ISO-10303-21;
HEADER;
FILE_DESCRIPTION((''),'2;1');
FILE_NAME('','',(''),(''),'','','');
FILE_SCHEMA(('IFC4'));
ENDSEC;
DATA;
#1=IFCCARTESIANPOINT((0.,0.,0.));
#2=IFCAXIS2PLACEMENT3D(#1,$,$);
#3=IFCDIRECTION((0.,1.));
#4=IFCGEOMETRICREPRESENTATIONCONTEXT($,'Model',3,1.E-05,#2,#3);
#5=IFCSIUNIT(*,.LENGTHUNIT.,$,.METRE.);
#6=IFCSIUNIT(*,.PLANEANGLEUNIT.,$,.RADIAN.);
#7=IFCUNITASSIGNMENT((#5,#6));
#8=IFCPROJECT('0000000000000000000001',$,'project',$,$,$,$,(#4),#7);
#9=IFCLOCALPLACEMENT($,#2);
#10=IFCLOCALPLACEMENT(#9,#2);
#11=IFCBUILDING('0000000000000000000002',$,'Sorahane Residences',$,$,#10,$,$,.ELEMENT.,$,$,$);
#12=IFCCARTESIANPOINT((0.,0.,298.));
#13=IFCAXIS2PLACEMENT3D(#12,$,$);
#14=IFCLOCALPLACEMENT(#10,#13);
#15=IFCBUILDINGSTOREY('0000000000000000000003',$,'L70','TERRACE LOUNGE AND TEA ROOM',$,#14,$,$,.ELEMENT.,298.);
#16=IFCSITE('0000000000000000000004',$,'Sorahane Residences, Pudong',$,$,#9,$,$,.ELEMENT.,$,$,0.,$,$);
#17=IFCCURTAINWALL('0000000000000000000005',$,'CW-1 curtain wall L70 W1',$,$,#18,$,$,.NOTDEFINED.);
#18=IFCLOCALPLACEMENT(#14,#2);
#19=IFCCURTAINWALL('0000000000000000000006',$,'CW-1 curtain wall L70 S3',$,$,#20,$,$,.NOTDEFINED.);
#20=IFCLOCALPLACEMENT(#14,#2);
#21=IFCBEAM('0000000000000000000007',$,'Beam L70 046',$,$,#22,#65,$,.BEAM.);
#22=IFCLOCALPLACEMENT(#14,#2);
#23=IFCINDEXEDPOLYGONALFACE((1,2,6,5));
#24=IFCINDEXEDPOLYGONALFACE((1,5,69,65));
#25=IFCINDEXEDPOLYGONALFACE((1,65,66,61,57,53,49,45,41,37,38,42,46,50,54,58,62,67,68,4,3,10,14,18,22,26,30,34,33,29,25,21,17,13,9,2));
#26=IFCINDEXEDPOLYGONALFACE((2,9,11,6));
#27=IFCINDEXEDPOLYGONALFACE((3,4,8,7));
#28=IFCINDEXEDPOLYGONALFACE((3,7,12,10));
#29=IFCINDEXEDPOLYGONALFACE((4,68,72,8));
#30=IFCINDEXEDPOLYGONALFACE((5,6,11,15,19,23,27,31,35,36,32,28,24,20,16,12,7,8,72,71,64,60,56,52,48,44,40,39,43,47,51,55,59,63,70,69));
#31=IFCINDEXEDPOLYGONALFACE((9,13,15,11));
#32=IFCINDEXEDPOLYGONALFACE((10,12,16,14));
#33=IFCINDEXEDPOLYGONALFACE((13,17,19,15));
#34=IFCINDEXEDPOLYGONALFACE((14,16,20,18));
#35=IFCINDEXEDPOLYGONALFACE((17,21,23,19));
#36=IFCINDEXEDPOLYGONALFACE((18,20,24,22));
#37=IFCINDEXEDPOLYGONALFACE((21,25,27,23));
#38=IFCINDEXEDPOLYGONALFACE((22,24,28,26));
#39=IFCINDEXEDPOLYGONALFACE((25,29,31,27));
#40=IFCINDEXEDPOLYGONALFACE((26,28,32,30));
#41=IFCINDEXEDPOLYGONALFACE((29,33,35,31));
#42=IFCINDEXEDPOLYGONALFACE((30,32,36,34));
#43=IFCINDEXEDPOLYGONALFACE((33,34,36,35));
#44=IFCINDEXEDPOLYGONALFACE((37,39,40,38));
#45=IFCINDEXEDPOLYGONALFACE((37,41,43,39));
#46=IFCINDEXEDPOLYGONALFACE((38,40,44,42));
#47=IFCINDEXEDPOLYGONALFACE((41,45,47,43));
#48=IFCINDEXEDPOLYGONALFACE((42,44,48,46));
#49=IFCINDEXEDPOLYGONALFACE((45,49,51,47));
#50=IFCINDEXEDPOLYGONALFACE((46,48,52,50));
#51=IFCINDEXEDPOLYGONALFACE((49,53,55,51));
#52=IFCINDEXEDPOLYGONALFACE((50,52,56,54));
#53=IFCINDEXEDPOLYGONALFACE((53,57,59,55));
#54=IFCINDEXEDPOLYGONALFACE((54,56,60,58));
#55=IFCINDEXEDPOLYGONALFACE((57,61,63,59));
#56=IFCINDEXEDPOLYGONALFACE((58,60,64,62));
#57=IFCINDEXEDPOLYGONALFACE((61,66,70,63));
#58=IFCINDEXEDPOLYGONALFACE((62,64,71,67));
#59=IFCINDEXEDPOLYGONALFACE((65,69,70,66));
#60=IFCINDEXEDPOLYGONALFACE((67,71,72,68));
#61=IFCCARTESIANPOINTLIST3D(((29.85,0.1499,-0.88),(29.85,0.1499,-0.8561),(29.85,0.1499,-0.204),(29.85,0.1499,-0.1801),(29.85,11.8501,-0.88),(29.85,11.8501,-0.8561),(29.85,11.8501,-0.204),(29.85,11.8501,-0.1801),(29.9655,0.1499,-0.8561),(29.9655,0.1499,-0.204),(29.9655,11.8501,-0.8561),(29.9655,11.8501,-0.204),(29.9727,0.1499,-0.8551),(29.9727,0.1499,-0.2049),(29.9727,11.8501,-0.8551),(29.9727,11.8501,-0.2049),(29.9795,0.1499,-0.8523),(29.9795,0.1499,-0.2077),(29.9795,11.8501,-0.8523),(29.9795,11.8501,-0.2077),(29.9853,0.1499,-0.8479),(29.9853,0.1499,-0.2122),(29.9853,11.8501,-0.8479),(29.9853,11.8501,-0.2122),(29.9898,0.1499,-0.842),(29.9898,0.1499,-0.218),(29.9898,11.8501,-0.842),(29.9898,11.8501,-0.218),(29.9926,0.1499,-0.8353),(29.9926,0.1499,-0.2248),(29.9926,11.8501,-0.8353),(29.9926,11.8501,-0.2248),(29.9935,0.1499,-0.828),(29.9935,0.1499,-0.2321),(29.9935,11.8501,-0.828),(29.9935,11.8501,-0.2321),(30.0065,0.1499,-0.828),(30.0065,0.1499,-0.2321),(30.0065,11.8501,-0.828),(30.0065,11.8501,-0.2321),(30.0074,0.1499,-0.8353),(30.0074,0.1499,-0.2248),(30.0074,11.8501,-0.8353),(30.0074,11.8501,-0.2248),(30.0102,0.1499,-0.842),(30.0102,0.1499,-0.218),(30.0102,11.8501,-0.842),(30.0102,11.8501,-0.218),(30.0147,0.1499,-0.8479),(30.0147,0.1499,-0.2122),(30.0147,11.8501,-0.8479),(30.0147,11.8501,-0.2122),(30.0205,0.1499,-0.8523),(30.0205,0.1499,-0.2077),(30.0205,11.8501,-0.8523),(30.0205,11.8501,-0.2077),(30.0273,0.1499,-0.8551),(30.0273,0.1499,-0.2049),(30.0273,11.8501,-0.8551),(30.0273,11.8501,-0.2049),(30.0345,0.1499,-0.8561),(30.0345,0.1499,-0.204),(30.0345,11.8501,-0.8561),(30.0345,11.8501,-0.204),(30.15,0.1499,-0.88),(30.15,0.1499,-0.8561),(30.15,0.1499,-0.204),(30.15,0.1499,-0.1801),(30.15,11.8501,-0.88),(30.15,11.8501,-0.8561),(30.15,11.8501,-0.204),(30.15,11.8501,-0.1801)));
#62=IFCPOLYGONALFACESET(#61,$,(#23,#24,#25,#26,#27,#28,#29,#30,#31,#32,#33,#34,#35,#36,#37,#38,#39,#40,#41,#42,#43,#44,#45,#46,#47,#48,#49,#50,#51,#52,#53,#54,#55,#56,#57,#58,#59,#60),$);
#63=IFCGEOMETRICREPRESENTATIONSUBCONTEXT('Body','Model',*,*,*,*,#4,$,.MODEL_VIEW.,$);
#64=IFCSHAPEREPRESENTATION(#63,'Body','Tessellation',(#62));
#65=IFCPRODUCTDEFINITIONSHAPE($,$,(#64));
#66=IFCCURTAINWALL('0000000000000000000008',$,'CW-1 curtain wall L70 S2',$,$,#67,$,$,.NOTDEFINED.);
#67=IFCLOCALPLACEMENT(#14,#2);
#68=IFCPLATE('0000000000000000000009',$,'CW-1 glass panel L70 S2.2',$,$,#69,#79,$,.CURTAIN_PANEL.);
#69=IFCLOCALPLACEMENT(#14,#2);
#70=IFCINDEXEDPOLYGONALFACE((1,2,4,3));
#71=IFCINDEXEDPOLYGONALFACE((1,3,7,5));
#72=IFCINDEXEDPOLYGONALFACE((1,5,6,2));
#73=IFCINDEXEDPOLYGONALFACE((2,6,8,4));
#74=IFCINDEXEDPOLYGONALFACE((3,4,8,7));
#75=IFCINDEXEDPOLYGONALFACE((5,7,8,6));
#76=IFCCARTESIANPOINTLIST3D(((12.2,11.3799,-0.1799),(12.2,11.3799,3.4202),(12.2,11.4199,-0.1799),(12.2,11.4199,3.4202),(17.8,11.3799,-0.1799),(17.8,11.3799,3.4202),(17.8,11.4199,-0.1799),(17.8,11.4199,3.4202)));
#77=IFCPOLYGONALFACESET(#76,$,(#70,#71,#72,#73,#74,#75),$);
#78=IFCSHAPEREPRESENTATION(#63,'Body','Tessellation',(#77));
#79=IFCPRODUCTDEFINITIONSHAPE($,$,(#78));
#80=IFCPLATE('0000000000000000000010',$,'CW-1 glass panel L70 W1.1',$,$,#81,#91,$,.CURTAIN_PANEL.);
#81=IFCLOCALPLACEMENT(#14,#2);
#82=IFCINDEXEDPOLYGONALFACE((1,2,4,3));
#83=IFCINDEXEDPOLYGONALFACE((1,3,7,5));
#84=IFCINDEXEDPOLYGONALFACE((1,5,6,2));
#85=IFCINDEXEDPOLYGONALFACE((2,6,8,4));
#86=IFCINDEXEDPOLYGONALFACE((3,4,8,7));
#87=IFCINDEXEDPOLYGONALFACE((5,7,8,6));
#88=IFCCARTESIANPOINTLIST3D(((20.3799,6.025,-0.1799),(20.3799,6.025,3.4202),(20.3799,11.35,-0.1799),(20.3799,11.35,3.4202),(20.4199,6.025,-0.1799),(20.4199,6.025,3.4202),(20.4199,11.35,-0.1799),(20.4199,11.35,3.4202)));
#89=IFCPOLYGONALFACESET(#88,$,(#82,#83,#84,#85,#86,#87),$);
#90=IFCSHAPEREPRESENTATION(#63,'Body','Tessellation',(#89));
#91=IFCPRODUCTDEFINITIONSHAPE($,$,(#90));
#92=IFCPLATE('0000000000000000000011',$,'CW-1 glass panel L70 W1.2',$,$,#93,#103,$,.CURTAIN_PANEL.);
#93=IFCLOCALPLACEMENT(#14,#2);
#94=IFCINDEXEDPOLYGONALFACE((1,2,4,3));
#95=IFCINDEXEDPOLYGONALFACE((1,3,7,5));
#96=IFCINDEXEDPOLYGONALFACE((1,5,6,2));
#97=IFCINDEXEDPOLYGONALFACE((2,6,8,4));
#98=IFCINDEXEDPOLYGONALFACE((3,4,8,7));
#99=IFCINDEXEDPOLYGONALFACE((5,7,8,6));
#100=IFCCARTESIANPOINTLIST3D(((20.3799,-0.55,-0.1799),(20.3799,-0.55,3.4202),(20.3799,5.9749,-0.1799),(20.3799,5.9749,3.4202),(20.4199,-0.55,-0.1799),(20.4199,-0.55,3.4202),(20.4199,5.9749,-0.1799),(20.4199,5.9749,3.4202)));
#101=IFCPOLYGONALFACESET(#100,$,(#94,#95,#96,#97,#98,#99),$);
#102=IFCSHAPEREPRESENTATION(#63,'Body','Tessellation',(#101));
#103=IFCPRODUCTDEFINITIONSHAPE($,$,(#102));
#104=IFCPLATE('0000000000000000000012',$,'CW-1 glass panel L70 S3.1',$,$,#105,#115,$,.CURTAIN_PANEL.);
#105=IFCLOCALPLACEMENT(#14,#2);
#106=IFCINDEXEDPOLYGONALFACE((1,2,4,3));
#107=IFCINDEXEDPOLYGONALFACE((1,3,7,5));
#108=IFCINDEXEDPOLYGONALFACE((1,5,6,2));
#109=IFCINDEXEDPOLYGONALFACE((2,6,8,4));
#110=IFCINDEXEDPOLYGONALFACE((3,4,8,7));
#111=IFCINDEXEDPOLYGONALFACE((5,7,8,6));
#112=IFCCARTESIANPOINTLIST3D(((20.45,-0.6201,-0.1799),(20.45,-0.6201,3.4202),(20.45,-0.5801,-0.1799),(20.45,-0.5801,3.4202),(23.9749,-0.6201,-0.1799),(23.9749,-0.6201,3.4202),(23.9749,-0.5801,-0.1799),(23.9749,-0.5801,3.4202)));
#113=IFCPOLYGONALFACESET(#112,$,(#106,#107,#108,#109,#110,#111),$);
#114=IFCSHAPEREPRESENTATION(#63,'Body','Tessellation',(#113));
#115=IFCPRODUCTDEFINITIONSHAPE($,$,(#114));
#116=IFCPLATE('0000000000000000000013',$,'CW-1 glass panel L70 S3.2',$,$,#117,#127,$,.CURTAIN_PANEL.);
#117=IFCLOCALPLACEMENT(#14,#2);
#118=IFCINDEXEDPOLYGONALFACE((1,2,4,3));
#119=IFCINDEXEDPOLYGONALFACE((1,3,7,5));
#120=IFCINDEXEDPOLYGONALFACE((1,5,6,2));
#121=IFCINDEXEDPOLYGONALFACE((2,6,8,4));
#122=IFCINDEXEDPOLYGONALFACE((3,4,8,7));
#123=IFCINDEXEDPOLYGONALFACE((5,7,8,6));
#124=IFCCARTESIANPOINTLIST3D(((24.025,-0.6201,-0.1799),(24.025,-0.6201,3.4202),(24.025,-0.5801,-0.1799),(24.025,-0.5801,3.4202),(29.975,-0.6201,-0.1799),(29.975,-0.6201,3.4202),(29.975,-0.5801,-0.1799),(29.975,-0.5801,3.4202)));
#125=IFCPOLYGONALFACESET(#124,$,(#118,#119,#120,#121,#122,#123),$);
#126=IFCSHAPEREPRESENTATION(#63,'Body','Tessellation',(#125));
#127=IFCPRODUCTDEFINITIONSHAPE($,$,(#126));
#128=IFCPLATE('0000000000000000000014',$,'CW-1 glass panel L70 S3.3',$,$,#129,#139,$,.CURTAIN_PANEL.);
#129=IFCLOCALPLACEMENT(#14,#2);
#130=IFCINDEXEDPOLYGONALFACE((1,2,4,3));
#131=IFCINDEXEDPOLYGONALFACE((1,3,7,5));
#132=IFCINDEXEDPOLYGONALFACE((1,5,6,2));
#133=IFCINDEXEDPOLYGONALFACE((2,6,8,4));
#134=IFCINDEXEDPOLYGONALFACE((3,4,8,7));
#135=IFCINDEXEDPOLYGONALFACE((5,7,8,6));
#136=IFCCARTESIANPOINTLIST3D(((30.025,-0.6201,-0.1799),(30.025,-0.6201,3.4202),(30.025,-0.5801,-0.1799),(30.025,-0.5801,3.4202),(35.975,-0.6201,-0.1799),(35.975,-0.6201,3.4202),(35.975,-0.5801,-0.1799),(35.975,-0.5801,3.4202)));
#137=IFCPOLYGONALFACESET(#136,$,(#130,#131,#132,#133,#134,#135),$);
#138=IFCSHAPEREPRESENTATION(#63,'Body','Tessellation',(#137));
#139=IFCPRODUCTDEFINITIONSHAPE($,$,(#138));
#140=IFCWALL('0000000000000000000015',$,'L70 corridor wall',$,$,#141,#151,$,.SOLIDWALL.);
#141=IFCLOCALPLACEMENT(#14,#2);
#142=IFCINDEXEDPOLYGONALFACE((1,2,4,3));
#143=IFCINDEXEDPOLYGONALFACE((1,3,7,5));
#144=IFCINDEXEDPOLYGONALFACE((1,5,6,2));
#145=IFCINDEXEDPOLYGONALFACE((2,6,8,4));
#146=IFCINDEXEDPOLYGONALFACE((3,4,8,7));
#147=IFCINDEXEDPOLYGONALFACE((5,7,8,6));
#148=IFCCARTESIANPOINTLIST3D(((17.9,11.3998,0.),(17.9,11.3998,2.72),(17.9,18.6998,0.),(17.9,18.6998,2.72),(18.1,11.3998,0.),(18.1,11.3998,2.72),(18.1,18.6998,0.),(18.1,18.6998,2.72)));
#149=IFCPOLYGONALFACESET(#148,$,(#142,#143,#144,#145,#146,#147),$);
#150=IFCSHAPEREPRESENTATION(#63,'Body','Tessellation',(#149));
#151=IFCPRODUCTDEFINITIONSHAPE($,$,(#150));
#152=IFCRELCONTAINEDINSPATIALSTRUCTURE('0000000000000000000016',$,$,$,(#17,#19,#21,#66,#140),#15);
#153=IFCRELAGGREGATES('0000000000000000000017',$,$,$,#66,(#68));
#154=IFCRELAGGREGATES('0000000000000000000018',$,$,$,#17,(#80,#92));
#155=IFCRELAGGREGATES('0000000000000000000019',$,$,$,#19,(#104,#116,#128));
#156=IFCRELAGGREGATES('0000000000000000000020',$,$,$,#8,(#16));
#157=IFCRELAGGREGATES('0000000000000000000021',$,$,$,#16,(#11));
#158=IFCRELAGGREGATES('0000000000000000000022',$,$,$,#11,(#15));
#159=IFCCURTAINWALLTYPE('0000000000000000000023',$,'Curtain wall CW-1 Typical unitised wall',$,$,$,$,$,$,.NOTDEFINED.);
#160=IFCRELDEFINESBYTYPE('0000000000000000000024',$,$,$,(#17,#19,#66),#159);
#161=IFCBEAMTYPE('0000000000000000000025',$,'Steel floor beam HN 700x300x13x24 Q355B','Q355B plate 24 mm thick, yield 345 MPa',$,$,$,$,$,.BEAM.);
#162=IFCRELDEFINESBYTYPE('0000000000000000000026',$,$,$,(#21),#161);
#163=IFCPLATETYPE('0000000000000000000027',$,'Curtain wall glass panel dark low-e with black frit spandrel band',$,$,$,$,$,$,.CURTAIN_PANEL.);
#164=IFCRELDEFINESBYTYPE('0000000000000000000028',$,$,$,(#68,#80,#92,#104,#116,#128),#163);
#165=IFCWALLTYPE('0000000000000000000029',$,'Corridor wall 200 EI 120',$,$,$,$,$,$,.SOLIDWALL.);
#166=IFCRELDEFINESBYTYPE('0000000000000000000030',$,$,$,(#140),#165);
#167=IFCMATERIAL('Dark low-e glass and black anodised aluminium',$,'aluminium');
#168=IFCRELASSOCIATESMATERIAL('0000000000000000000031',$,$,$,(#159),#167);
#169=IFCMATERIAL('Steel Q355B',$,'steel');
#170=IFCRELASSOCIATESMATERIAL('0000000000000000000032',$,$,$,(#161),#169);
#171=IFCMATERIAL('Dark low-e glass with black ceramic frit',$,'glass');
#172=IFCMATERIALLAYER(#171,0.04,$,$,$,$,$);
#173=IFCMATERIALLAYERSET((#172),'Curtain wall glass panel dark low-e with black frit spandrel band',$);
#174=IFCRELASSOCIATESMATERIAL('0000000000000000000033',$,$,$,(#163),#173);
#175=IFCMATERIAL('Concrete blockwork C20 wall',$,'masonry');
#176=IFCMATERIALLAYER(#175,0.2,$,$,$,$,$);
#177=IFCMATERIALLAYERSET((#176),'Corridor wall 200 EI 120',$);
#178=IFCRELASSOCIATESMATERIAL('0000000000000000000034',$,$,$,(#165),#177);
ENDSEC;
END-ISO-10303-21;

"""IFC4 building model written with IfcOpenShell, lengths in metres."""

from ifc_helpers import new_model, si_unit, direction, frame, frame_2d, origin, origin_2d, place, context, subcontext, project, spatial, rectangle, i_section, extrude, material, layer, layer_set, material_profile, profile_set, type_object, element, aggregate, save


model = new_model("IFC4")

# Units and contexts
model_context = context("Model", 3, precision=1e-05, world=origin(), true_north=direction((0.0, 1.0)))
body_context = subcontext(model_context, "Body", "Model", "MODEL_VIEW")
ifc_project = project(units=[si_unit("LENGTHUNIT", "METRE"), si_unit("PLANEANGLEUNIT", "RADIAN")], contexts=[model_context])

# Site, building, storey
site_placement = place(None, origin())
site = spatial("IfcSite", under=ifc_project, at=site_placement, Name="Sorahane Residences, Pudong", CompositionType="ELEMENT", RefElevation=0.0)
building_placement = place(site_placement, origin())
building = spatial("IfcBuilding", under=site, at=building_placement, Name="Sorahane Residences", CompositionType="ELEMENT")
storey_placement = place(building_placement, frame((0.0, 0.0, 298.0)))
storey = spatial("IfcBuildingStorey", under=building, at=storey_placement, Name="L70", Description="TERRACE LOUNGE AND TEA ROOM", CompositionType="ELEMENT", Elevation=298.0)

# Curtain walls
ifc_material_1 = material(Name="Dark low-e glass and black anodised aluminium", Category="aluminium")
curtain_wall_type = type_object("IfcCurtainWallType", Name="Curtain wall CW-1 Typical unitised wall", PredefinedType="NOTDEFINED", material=ifc_material_1)
curtain_wall_1_placement = place(storey_placement, origin())
curtain_wall_1 = element("IfcCurtainWall", 1, at=curtain_wall_1_placement, inside=storey, type_object=curtain_wall_type, Name="CW-1 curtain wall L70 W1", PredefinedType="NOTDEFINED")
curtain_wall_2_placement = place(storey_placement, origin())
curtain_wall_2 = element("IfcCurtainWall", 2, at=curtain_wall_2_placement, inside=storey, type_object=curtain_wall_type, Name="CW-1 curtain wall L70 S3", PredefinedType="NOTDEFINED")

# Beam
ifc_material_2 = material(Name="Steel Q355B", Category="steel")
ifc_material_profile_1 = material_profile(ifc_material_2, i_section(OverallWidth=0.3, OverallDepth=0.7, WebThickness=0.0129, FlangeThickness=0.0239, FilletRadius=0.0281, at=origin_2d()), Name="HN 700x300x13x24")
ifc_profile_set_1 = profile_set([ifc_material_profile_1], Name="Steel Q355B")
beam_type_1 = type_object("IfcBeamType", Name="Steel floor beam HN 700x300x13x24 Q355B", Description="Q355B plate 24 mm thick, yield 345 MPa", PredefinedType="BEAM", material=ifc_profile_set_1)
beam_1_placement = place(storey_placement, frame((30.0, 0.1499, -0.53), z_axis=(0.0, 1.0, 0.0), x_axis=(-1.0, 0.0, 0.0)))
element("IfcBeam", 3, at=beam_1_placement, inside=storey, type_object=beam_type_1, Name="Beam L70 046", PredefinedType="BEAM", context=body_context, shape_type="SweptSolid", body=[
    extrude(i_section(OverallWidth=0.3, OverallDepth=0.7, WebThickness=0.0129, FlangeThickness=0.0239, FilletRadius=0.0281, at=origin_2d()), origin(), (0.0, 0.0, 1.0), 11.7002),
])

# Curtain wall, plate
curtain_wall_3_placement = place(storey_placement, origin())
curtain_wall_3 = element("IfcCurtainWall", 4, at=curtain_wall_3_placement, inside=storey, type_object=curtain_wall_type, Name="CW-1 curtain wall L70 S2", PredefinedType="NOTDEFINED")
ifc_material_3 = material(Name="Dark low-e glass with black ceramic frit", Category="glass")
ifc_layer_1 = layer(ifc_material_3, 0.04)
ifc_layer_set_1 = layer_set([ifc_layer_1], Name="Curtain wall glass panel dark low-e with black frit spandrel band")
plate_type = type_object("IfcPlateType", Name="Curtain wall glass panel dark low-e with black frit spandrel band", PredefinedType="CURTAIN_PANEL", material=ifc_layer_set_1)
plate_1_placement = place(storey_placement, frame((15.0, 11.3999, -0.1799), z_axis=(0.0, 0.0, 1.0), x_axis=(1.0, 0.0, 0.0)))
plate_1 = element("IfcPlate", 5, at=plate_1_placement, type_object=plate_type, Name="CW-1 glass panel L70 S2.2", PredefinedType="CURTAIN_PANEL", context=body_context, shape_type="SweptSolid", body=[
    extrude(rectangle(XDim=5.6001, YDim=0.04, at=origin_2d()), origin(), (0.0, 0.0, 1.0), 3.6001),
])
aggregate(curtain_wall_3, [plate_1])

# Plates
plate_2_placement = place(storey_placement, frame((20.3999, 8.6875, -0.1799), z_axis=(0.0, 0.0, 1.0), x_axis=(0.0, -1.0, 0.0)))
plate_2 = element("IfcPlate", 6, at=plate_2_placement, type_object=plate_type, Name="CW-1 glass panel L70 W1.1", PredefinedType="CURTAIN_PANEL", context=body_context, shape_type="SweptSolid", body=[
    extrude(rectangle(XDim=5.325, YDim=0.04, at=origin_2d()), origin(), (0.0, 0.0, 1.0), 3.6001),
])
plate_3_placement = place(storey_placement, frame((20.3999, 2.7124, -0.1799), z_axis=(0.0, 0.0, 1.0), x_axis=(0.0, -1.0, 0.0)))
plate_3 = element("IfcPlate", 7, at=plate_3_placement, type_object=plate_type, Name="CW-1 glass panel L70 W1.2", PredefinedType="CURTAIN_PANEL", context=body_context, shape_type="SweptSolid", body=[
    extrude(rectangle(XDim=6.5249, YDim=0.04, at=origin_2d()), origin(), (0.0, 0.0, 1.0), 3.6001),
])
aggregate(curtain_wall_1, [plate_2, plate_3])
plate_4_placement = place(storey_placement, frame((22.2124, -0.6001, -0.1799), z_axis=(0.0, 0.0, 1.0), x_axis=(1.0, 0.0, 0.0)))
plate_4 = element("IfcPlate", 8, at=plate_4_placement, type_object=plate_type, Name="CW-1 glass panel L70 S3.1", PredefinedType="CURTAIN_PANEL", context=body_context, shape_type="SweptSolid", body=[
    extrude(rectangle(XDim=3.5249, YDim=0.04, at=origin_2d()), origin(), (0.0, 0.0, 1.0), 3.6001),
])
plate_5_placement = place(storey_placement, frame((27.0, -0.6001, -0.1799), z_axis=(0.0, 0.0, 1.0), x_axis=(1.0, 0.0, 0.0)))
plate_5 = element("IfcPlate", 9, at=plate_5_placement, type_object=plate_type, Name="CW-1 glass panel L70 S3.2", PredefinedType="CURTAIN_PANEL", context=body_context, shape_type="SweptSolid", body=[
    extrude(rectangle(XDim=5.95, YDim=0.04, at=origin_2d()), origin(), (0.0, 0.0, 1.0), 3.6001),
])
plate_6_placement = place(storey_placement, frame((33.0, -0.6001, -0.1799), z_axis=(0.0, 0.0, 1.0), x_axis=(1.0, 0.0, 0.0)))
plate_6 = element("IfcPlate", 10, at=plate_6_placement, type_object=plate_type, Name="CW-1 glass panel L70 S3.3", PredefinedType="CURTAIN_PANEL", context=body_context, shape_type="SweptSolid", body=[
    extrude(rectangle(XDim=5.95, YDim=0.04, at=origin_2d()), origin(), (0.0, 0.0, 1.0), 3.6001),
])
aggregate(curtain_wall_2, [plate_4, plate_5, plate_6])

# Wall
ifc_material_4 = material(Name="Concrete blockwork C20 wall", Category="masonry")
ifc_layer_2 = layer(ifc_material_4, 0.2)
ifc_layer_set_2 = layer_set([ifc_layer_2], Name="Corridor wall 200 EI 120")
wall_type = type_object("IfcWallType", Name="Corridor wall 200 EI 120", PredefinedType="SOLIDWALL", material=ifc_layer_set_2)
wall_placement = place(storey_placement, frame((18.0, 11.3999, 0.0), z_axis=(0.0, 0.0, 1.0), x_axis=(0.0, 1.0, 0.0)))
element("IfcWall", 11, at=wall_placement, inside=storey, type_object=wall_type, Name="L70 corridor wall", PredefinedType="SOLIDWALL", context=body_context, shape_type="SweptSolid", body=[
    extrude(rectangle(XDim=7.3, YDim=0.2, at=frame_2d((3.6499, 0.0))), origin(), (0.0, 0.0, 1.0), 2.72),
])

save(model, "model.ifc")
